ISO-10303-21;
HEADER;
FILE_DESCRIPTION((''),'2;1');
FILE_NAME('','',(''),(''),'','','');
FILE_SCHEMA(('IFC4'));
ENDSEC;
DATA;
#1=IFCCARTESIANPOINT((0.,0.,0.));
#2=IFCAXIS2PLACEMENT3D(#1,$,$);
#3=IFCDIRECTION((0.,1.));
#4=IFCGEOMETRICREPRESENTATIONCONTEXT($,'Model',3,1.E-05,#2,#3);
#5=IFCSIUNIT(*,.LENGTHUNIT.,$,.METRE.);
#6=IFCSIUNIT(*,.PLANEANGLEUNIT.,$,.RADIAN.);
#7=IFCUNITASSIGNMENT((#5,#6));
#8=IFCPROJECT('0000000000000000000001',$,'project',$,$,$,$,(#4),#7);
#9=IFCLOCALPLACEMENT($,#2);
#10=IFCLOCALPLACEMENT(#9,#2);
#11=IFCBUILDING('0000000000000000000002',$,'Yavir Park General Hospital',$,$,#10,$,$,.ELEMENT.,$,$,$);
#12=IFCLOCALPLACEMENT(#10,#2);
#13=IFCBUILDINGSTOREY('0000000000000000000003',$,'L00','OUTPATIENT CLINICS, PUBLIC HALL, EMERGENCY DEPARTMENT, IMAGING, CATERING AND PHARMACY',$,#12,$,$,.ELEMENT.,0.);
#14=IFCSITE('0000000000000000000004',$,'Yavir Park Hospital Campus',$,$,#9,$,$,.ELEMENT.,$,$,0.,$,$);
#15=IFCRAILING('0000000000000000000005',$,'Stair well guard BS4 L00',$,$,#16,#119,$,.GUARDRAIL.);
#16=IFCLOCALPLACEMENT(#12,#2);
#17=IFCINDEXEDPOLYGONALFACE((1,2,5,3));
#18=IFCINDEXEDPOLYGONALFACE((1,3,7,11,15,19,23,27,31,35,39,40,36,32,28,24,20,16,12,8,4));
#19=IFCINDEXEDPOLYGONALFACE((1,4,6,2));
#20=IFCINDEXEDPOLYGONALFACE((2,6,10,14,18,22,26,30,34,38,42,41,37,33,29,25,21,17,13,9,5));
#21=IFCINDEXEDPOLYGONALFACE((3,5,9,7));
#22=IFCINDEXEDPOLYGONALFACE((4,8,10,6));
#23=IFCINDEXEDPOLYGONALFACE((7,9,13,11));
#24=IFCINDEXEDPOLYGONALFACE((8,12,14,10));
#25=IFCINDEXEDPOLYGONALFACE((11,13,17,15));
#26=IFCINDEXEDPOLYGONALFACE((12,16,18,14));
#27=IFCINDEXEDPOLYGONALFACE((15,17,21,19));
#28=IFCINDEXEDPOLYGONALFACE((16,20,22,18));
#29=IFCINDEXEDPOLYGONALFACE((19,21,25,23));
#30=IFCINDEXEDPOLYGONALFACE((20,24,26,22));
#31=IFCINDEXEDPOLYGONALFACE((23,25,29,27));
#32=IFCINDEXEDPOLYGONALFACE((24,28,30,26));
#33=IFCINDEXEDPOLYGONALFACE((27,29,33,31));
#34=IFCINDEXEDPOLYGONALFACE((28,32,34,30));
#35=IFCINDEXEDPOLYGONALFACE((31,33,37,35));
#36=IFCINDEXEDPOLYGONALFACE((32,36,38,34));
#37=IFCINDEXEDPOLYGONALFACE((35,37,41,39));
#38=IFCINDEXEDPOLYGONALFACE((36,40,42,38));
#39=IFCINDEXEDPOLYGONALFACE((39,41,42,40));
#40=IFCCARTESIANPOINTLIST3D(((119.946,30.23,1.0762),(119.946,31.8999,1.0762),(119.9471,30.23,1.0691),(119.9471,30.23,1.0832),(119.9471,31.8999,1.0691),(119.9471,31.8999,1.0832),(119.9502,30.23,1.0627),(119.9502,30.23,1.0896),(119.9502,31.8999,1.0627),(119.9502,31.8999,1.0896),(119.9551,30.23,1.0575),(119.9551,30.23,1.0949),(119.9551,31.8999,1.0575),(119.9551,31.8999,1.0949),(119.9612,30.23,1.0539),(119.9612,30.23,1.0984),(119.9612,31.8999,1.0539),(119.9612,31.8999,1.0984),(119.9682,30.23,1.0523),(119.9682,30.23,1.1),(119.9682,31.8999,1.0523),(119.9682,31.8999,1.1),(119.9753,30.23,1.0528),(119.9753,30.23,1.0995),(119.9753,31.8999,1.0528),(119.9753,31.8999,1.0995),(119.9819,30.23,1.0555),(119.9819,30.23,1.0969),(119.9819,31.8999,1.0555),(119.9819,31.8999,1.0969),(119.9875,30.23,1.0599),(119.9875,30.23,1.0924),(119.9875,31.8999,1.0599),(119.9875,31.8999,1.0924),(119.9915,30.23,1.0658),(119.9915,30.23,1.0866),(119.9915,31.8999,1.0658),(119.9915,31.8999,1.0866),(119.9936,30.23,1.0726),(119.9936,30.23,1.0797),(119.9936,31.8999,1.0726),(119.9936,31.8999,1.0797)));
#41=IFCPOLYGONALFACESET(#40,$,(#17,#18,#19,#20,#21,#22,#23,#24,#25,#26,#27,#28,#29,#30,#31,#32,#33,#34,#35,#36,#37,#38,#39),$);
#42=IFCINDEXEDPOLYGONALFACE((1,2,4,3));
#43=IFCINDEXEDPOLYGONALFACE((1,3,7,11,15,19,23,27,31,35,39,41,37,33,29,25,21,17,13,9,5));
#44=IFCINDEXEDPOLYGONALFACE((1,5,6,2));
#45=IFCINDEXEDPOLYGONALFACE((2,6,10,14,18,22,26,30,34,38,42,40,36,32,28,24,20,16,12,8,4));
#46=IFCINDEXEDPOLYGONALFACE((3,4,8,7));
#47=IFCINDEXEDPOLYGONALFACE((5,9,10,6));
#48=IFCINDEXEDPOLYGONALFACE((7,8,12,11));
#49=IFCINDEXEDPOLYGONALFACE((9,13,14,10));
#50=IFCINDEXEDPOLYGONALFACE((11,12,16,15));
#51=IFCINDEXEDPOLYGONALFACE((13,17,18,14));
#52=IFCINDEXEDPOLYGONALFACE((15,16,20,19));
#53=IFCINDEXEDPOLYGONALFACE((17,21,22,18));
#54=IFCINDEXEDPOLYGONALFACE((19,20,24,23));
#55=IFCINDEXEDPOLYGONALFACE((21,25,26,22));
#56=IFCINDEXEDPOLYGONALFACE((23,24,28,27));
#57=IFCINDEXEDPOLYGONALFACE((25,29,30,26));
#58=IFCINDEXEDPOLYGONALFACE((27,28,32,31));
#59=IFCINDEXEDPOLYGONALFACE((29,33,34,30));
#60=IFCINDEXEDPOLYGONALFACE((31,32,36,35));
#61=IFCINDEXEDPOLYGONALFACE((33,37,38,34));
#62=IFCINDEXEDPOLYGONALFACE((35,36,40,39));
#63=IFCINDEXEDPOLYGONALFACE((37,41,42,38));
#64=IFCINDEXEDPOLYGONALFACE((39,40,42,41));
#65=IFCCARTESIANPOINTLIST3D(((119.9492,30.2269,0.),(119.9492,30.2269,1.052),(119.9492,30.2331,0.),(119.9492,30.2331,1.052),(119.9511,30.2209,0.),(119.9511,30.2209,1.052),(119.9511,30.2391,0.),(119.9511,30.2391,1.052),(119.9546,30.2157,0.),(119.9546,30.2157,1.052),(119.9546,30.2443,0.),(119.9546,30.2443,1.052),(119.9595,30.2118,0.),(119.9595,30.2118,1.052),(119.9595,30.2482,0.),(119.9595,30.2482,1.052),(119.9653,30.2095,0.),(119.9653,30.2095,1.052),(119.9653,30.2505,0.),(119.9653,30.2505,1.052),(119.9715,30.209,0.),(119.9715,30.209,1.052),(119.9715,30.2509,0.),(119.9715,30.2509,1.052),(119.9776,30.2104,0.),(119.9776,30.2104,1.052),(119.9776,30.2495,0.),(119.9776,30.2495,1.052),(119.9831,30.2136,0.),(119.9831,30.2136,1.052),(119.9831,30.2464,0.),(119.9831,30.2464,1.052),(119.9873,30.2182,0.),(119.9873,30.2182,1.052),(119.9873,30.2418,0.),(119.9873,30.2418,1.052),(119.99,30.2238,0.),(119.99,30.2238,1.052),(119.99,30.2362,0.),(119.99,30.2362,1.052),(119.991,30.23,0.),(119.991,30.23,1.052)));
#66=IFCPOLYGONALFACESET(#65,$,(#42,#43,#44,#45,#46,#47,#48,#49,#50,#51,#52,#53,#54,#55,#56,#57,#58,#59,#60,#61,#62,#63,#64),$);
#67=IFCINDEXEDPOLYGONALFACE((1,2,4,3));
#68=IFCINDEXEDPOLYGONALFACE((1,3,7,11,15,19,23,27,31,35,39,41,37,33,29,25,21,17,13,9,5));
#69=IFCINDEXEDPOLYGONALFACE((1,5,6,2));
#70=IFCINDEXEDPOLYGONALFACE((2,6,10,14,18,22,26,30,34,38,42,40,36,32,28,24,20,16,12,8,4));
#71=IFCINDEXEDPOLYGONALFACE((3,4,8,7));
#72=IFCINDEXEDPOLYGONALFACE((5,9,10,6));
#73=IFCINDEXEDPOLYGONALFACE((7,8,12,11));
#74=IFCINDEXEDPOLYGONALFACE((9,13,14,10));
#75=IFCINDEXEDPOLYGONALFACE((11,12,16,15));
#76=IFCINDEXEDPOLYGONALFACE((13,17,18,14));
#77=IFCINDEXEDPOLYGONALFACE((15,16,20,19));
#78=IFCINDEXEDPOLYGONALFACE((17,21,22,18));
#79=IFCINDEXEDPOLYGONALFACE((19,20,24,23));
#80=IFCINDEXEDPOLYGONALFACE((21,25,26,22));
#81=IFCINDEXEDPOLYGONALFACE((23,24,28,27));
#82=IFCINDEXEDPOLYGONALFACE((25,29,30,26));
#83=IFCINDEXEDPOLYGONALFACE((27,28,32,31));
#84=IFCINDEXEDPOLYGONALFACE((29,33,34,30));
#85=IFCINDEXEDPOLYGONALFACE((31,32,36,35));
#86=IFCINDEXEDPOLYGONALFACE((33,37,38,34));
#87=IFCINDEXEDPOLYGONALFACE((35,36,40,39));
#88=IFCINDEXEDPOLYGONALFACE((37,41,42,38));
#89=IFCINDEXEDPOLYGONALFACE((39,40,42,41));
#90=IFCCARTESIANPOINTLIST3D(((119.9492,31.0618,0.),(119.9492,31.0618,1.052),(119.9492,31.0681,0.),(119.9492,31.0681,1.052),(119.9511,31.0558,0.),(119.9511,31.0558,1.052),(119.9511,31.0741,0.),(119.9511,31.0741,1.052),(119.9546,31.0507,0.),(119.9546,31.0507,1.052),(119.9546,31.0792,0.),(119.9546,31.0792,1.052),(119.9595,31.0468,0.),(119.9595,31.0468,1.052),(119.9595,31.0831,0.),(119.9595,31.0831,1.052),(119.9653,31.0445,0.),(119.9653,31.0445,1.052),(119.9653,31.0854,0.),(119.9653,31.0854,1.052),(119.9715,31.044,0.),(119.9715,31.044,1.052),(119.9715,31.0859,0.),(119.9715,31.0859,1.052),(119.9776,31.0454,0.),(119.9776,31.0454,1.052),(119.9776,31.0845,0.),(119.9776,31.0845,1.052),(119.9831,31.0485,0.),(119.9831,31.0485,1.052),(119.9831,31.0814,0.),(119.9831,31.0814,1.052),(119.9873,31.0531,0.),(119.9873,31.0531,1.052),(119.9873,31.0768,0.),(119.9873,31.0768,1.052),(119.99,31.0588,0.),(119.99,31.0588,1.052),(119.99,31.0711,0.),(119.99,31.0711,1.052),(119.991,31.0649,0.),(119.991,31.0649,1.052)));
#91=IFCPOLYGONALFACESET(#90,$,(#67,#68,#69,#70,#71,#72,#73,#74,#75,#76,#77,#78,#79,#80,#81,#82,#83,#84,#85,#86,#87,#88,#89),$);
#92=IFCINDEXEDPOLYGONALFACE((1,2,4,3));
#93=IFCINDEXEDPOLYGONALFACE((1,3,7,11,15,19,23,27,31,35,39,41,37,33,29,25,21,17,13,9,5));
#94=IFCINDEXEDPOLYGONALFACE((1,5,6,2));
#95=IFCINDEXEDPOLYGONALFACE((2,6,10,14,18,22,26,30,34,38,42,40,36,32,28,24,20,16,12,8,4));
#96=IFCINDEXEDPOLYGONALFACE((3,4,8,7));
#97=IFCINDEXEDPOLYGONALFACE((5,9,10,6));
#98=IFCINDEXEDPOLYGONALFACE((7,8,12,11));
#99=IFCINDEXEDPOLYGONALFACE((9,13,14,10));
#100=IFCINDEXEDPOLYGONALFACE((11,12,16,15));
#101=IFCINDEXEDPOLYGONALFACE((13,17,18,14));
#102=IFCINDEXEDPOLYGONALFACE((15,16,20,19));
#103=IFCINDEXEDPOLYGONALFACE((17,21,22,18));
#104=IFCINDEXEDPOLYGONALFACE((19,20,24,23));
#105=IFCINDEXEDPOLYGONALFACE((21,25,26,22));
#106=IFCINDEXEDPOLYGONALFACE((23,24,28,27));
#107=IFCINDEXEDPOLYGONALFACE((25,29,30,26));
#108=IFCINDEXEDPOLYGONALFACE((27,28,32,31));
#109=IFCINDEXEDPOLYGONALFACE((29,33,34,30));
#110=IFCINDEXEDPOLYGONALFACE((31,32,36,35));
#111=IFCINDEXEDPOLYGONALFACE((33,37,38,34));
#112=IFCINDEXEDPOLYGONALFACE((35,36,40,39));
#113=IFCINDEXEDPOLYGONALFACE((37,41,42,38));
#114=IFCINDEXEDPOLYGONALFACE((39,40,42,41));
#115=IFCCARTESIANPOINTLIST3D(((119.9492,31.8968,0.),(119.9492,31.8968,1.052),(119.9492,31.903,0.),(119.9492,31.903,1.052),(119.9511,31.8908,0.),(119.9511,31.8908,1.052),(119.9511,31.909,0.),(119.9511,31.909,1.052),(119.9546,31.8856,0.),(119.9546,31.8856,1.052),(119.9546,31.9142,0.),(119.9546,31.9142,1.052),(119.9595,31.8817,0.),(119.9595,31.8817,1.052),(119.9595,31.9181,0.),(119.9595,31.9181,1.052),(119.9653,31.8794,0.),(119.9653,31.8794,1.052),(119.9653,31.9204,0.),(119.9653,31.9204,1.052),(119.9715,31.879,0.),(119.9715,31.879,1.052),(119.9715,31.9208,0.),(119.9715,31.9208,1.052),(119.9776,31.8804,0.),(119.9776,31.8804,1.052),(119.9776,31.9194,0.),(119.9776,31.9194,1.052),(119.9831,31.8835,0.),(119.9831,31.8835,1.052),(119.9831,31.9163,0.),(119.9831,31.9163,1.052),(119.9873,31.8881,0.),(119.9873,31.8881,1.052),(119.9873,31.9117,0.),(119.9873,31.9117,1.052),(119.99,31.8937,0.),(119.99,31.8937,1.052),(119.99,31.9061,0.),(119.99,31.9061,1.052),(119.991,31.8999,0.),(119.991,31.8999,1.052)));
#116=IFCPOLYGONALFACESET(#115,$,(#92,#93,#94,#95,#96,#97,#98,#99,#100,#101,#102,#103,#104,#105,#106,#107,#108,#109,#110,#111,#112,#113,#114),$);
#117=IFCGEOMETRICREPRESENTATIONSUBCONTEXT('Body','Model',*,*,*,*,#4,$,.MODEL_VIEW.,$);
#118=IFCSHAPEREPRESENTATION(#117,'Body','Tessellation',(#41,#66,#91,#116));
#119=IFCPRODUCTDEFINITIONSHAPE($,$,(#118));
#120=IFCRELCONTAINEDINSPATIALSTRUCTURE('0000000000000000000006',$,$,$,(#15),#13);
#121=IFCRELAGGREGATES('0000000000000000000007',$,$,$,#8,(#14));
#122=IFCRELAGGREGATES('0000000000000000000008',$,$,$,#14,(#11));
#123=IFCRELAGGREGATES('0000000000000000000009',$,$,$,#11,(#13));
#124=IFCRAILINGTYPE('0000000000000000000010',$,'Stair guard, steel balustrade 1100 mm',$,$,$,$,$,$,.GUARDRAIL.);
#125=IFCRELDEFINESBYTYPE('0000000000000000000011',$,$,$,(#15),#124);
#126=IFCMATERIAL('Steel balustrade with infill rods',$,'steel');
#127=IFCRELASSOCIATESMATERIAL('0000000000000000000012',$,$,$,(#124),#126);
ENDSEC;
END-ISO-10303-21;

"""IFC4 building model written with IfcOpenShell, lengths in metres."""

from ifc_helpers import new_model, si_unit, direction, frame, origin, origin_2d, place, context, subcontext, project, spatial, circle, extrude, material, type_object, element, save


model = new_model("IFC4")

# Units and contexts
model_context = context("Model", 3, precision=1e-05, world=origin(), true_north=direction((0.0, 1.0)))
body_context = subcontext(model_context, "Body", "Model", "MODEL_VIEW")
ifc_project = project(units=[si_unit("LENGTHUNIT", "METRE"), si_unit("PLANEANGLEUNIT", "RADIAN")], contexts=[model_context])

# Site, building, storey
site_placement = place(None, origin())
site = spatial("IfcSite", under=ifc_project, at=site_placement, Name="Yavir Park Hospital Campus", CompositionType="ELEMENT", RefElevation=0.0)
building_placement = place(site_placement, origin())
building = spatial("IfcBuilding", under=site, at=building_placement, Name="Yavir Park General Hospital", CompositionType="ELEMENT")
storey_placement = place(building_placement, origin())
storey = spatial("IfcBuildingStorey", under=building, at=storey_placement, Name="L00", Description="OUTPATIENT CLINICS, PUBLIC HALL, EMERGENCY DEPARTMENT, IMAGING, CATERING AND PHARMACY", CompositionType="ELEMENT", Elevation=0.0)

# Railing
ifc_material_1 = material(Name="Steel balustrade with infill rods", Category="steel")
railing_type = type_object("IfcRailingType", Name="Stair guard, steel balustrade 1100 mm", PredefinedType="GUARDRAIL", material=ifc_material_1)
railing_placement = place(storey_placement, frame((119.97, 30.23, 0.0)))
element("IfcRailing", 1, at=railing_placement, inside=storey, type_object=railing_type, Name="Stair well guard BS4 L00", PredefinedType="GUARDRAIL", context=body_context, shape_type="SweptSolid", body=[
    extrude(circle(Radius=0.0239, at=origin_2d()), frame((0.0, 0.0, 1.0762), z_axis=(0.0, 1.0, 0.0), x_axis=(-1.0, 0.0, 0.0)), (0.0, 0.0, 1.0), 1.6699),
    extrude(circle(Radius=0.021, at=origin_2d()), origin(), (0.0, 0.0, 1.0), 1.052),
    extrude(circle(Radius=0.021, at=origin_2d()), frame((0.0, 0.835, 0.0)), (0.0, 0.0, 1.0), 1.052),
    extrude(circle(Radius=0.021, at=origin_2d()), frame((0.0, 1.6699, 0.0)), (0.0, 0.0, 1.0), 1.052),
])

save(model, "model.ifc")
